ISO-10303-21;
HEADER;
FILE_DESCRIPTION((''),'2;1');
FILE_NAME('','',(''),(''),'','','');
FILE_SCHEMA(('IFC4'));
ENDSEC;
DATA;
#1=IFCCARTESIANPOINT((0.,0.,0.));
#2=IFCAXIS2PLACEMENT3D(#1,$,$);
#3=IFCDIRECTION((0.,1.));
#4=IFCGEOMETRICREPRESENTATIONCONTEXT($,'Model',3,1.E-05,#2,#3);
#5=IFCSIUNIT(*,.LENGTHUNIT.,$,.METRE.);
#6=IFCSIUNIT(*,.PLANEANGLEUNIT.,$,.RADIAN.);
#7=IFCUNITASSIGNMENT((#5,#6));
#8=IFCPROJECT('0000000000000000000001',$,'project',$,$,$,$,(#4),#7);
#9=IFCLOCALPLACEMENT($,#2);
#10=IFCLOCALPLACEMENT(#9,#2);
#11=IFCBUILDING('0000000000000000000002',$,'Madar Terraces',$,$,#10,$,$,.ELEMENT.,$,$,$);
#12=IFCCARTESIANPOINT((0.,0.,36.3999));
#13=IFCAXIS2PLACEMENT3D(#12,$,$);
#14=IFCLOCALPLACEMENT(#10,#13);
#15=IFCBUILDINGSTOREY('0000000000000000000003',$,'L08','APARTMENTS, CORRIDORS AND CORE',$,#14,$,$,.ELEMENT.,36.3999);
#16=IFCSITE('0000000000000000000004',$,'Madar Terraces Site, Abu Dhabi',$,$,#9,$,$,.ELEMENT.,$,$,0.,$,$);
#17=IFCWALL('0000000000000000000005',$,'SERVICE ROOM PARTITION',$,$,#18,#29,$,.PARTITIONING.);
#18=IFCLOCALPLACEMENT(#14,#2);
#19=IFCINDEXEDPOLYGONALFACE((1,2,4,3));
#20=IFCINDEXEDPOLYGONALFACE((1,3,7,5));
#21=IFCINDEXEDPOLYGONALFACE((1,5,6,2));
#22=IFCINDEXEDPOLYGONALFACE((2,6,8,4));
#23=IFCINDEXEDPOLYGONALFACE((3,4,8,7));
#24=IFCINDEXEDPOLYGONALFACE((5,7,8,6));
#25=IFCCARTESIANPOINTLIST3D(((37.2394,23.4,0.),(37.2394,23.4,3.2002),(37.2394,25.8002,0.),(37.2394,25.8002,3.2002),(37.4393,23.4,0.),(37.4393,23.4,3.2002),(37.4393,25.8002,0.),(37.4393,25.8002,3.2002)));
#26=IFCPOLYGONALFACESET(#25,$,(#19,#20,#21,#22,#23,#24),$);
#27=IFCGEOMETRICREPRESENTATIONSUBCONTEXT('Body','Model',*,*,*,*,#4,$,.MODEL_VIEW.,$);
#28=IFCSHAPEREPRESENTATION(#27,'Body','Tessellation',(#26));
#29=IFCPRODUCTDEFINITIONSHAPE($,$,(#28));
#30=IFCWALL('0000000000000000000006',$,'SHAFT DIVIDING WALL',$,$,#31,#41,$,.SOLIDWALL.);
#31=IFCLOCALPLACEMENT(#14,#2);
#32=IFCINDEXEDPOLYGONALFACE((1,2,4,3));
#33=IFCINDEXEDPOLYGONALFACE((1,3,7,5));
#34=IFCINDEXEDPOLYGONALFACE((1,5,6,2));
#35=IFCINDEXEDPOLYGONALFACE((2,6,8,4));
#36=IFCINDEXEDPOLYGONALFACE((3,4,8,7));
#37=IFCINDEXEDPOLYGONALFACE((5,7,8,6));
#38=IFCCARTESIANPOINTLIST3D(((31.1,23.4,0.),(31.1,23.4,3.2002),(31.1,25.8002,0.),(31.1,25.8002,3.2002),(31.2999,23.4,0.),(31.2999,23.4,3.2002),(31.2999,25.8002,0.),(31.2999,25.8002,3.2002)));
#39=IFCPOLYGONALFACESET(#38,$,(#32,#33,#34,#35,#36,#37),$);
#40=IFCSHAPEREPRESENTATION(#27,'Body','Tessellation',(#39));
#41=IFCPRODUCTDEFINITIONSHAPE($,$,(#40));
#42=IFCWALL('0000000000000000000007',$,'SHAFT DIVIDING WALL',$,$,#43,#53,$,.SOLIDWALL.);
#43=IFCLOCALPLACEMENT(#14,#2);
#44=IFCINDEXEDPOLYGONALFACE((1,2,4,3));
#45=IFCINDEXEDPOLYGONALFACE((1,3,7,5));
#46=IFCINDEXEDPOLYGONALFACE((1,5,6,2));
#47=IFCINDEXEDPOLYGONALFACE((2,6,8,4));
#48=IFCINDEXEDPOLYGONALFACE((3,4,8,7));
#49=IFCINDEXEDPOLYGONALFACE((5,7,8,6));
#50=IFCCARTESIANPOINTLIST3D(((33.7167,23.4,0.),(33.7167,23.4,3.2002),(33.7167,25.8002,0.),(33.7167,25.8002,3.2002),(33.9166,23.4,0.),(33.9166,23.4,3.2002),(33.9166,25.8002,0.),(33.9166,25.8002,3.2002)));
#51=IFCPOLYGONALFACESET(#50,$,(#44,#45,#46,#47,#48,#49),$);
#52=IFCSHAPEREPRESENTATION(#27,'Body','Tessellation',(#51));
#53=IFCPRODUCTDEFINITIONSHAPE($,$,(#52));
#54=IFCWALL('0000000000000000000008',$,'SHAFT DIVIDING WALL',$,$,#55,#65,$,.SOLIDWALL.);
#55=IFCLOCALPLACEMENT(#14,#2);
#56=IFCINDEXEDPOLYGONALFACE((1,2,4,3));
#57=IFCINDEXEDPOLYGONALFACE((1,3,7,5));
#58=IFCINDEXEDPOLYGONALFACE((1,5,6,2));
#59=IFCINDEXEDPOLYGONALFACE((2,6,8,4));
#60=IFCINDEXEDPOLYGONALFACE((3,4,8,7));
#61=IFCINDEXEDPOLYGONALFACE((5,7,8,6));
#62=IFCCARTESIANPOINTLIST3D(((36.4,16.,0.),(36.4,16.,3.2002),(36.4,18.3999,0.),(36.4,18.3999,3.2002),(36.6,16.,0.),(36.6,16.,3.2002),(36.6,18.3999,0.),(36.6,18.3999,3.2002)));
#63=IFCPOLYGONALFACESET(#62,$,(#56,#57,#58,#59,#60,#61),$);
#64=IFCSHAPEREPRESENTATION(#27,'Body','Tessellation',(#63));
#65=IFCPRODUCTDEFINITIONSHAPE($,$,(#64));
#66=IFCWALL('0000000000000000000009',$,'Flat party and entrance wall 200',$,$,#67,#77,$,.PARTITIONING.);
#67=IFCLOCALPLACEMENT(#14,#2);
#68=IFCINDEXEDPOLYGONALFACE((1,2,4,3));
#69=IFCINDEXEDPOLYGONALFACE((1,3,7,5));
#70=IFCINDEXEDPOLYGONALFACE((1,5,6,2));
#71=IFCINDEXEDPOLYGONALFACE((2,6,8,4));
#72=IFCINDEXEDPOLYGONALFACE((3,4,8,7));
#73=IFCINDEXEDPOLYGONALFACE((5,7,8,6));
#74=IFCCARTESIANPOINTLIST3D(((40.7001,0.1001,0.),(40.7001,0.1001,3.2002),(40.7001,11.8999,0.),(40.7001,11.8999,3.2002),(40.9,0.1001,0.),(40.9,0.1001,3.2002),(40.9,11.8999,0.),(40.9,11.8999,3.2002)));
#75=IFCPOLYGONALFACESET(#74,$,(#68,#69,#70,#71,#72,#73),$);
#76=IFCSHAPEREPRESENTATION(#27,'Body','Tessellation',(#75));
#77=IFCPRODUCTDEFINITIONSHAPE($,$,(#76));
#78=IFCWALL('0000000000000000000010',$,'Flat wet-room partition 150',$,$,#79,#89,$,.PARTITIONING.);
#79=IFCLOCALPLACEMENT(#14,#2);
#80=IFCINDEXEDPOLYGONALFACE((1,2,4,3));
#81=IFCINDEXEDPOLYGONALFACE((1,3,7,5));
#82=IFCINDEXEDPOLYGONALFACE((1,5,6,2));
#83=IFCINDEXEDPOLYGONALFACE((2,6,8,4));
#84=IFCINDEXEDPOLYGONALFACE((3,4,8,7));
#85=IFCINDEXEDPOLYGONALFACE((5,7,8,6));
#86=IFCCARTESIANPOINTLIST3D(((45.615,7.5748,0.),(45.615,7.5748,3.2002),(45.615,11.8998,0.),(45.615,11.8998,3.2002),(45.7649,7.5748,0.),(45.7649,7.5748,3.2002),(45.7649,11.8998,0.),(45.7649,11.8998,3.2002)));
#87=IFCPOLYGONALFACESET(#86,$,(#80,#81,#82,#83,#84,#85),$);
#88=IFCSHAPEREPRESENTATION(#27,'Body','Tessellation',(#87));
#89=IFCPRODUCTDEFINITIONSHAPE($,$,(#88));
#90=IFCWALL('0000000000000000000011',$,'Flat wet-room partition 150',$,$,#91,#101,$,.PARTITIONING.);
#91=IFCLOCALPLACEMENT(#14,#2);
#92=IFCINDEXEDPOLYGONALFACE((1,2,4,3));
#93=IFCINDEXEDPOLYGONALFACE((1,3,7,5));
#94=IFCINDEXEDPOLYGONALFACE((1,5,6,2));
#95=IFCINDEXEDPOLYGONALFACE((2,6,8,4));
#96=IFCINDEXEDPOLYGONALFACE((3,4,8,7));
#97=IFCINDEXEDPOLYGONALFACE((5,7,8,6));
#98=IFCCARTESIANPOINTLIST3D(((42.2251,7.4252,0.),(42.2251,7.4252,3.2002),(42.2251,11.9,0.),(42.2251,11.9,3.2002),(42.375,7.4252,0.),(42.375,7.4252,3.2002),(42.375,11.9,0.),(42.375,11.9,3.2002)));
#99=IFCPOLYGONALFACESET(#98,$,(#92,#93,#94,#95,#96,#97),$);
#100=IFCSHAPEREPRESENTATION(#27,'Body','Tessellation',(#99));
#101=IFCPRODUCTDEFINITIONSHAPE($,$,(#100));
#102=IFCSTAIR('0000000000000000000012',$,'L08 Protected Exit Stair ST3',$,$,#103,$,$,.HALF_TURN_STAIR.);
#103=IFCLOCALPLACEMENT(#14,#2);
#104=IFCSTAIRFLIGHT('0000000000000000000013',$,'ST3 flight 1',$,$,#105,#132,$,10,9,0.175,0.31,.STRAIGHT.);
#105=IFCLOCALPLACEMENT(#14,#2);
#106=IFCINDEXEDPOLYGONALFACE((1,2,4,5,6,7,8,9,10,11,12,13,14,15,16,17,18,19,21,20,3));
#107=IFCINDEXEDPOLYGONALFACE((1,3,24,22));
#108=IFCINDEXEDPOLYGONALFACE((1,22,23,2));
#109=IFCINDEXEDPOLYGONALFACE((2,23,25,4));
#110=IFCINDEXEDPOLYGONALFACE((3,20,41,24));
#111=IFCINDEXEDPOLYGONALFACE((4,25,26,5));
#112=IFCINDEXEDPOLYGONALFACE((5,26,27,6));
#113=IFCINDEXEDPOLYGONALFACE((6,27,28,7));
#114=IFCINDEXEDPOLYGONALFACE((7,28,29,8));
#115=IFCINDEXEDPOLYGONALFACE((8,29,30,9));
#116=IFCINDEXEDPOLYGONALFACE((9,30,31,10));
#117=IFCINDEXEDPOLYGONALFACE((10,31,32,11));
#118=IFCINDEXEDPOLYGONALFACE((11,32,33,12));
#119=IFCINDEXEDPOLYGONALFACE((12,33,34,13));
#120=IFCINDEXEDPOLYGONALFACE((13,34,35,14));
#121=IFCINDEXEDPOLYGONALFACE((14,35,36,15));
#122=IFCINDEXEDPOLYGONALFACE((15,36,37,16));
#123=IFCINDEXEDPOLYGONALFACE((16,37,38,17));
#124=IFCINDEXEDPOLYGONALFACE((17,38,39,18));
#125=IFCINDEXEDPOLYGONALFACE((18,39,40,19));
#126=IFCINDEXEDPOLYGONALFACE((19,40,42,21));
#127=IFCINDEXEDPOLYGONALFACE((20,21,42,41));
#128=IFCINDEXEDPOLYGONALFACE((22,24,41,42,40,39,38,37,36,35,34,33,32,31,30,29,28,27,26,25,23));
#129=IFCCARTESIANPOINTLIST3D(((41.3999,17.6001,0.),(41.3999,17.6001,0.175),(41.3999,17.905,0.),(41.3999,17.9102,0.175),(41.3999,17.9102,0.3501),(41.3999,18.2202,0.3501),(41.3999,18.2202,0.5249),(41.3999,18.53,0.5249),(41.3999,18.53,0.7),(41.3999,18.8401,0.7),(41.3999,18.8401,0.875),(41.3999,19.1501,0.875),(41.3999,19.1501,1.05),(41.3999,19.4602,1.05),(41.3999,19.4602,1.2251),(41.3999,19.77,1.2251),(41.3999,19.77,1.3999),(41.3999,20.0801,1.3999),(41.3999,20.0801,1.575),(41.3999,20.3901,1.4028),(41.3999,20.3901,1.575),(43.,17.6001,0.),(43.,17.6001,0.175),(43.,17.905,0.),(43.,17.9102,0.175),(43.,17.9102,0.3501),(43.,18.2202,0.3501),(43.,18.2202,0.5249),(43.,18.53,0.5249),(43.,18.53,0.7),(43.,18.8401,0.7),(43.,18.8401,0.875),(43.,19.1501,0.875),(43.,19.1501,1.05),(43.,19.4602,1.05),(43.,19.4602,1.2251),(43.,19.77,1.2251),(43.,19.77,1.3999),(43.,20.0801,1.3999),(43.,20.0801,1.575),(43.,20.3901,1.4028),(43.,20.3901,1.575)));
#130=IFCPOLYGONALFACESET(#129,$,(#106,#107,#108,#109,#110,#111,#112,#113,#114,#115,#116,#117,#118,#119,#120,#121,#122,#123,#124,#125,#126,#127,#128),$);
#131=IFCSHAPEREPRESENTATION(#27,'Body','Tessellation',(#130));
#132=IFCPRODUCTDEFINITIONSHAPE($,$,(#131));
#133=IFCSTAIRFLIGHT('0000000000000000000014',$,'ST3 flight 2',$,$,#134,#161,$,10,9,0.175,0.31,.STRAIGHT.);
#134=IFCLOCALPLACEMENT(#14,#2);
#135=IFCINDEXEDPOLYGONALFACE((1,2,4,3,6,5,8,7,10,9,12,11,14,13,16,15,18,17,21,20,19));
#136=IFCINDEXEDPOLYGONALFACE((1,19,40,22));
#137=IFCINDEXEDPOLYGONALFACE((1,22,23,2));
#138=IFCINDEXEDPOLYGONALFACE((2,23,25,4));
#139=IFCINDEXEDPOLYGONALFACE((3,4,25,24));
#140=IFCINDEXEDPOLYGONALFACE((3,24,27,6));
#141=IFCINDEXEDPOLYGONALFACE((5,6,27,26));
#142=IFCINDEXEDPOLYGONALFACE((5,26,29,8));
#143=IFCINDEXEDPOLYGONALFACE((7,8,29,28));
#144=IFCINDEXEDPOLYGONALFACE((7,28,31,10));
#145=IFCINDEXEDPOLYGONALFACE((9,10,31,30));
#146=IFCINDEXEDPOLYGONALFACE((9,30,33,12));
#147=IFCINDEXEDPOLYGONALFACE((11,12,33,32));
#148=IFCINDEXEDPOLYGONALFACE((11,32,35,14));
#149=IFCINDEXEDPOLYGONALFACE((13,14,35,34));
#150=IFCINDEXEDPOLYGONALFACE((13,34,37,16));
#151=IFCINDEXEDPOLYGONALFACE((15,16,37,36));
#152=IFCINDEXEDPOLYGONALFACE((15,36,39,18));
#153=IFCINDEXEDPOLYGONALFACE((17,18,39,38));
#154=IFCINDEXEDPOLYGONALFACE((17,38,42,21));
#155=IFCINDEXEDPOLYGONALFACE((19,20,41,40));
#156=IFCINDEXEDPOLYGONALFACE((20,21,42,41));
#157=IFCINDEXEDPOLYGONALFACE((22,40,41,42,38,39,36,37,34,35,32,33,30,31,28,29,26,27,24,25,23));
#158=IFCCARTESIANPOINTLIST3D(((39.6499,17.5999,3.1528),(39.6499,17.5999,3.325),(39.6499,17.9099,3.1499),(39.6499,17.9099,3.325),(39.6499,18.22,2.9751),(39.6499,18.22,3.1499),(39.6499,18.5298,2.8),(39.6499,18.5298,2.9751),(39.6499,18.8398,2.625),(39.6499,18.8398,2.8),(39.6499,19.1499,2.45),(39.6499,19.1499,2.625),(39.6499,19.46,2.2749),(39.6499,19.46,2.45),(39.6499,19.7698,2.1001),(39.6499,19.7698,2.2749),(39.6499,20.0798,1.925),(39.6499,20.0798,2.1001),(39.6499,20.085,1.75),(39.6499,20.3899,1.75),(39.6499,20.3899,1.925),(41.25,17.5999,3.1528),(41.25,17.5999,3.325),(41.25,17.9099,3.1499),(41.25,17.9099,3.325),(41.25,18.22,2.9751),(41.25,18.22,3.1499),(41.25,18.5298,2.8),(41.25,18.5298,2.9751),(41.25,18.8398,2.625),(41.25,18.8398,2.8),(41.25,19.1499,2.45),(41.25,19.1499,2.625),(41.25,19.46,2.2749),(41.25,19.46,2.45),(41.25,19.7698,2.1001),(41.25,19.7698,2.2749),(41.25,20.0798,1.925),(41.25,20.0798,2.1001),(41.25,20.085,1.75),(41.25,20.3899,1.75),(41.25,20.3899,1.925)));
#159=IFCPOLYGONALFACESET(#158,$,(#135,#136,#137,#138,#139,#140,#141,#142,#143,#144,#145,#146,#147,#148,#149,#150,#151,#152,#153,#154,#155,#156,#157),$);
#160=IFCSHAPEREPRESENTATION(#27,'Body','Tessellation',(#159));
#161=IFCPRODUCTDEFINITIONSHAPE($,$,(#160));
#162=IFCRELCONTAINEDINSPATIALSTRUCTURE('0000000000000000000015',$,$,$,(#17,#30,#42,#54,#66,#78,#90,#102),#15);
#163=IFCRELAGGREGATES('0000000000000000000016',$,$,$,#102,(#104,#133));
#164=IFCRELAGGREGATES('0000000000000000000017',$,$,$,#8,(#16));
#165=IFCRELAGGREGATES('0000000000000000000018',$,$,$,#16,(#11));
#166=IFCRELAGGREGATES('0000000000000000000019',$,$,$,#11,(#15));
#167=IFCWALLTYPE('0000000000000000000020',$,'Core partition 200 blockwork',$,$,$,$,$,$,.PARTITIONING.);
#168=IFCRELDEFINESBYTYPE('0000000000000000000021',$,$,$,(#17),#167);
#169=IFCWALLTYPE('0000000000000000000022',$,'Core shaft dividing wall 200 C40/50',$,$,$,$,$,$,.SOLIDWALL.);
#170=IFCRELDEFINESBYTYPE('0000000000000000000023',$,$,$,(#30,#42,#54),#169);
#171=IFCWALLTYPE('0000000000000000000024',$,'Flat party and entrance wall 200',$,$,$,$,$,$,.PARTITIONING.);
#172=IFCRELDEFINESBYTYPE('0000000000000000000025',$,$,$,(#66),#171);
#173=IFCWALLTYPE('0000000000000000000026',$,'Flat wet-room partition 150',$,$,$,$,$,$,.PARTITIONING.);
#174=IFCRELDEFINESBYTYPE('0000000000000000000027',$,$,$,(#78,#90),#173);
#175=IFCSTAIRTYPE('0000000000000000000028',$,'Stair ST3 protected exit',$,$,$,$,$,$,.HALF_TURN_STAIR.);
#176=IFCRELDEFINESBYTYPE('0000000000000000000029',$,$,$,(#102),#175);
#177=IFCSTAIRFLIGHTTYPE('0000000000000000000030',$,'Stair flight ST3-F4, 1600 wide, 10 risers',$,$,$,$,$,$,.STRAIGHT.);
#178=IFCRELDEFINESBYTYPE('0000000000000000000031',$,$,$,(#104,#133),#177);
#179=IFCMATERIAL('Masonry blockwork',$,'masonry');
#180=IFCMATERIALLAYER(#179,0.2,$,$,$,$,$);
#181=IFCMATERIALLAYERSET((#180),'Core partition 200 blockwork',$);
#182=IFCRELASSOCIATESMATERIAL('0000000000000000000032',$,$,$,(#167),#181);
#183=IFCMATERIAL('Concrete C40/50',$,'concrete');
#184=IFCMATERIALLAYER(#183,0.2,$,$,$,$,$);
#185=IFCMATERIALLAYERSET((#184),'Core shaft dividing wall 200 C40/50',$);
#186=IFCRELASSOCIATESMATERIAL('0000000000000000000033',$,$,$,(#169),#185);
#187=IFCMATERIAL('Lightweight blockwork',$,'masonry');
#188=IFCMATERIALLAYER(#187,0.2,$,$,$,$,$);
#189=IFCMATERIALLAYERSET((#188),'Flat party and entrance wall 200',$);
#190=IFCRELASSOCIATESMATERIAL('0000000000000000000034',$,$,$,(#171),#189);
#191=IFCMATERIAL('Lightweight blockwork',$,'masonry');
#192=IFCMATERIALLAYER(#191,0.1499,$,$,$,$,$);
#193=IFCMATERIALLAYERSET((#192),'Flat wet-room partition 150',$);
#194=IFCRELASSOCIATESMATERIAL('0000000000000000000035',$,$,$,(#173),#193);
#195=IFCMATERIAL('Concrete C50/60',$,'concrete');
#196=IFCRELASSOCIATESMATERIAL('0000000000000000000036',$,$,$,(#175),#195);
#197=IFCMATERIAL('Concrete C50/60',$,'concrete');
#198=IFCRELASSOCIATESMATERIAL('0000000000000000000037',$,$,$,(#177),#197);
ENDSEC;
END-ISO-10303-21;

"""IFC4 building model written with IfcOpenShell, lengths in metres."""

from ifc_helpers import new_model, si_unit, direction, frame, frame_2d, origin, place, context, subcontext, project, spatial, polyline, rectangle, outline, extrude, material, layer, layer_set, type_object, element, aggregate, save


model = new_model("IFC4")

# Units and contexts
model_context = context("Model", 3, precision=1e-05, world=origin(), true_north=direction((0.0, 1.0)))
body_context = subcontext(model_context, "Body", "Model", "MODEL_VIEW")
ifc_project = project(units=[si_unit("LENGTHUNIT", "METRE"), si_unit("PLANEANGLEUNIT", "RADIAN")], contexts=[model_context])

# Site, building, storey
site_placement = place(None, origin())
site = spatial("IfcSite", under=ifc_project, at=site_placement, Name="Madar Terraces Site, Abu Dhabi", CompositionType="ELEMENT", RefElevation=0.0)
building_placement = place(site_placement, origin())
building = spatial("IfcBuilding", under=site, at=building_placement, Name="Madar Terraces", CompositionType="ELEMENT")
storey_placement = place(building_placement, frame((0.0, 0.0, 36.3999)))
storey = spatial("IfcBuildingStorey", under=building, at=storey_placement, Name="L08", Description="APARTMENTS, CORRIDORS AND CORE", CompositionType="ELEMENT", Elevation=36.3999)

# Walls
ifc_material_1 = material(Name="Masonry blockwork", Category="masonry")
ifc_layer_1 = layer(ifc_material_1, 0.2)
ifc_layer_set_1 = layer_set([ifc_layer_1], Name="Core partition 200 blockwork")
wall_type_1 = type_object("IfcWallType", Name="Core partition 200 blockwork", PredefinedType="PARTITIONING", material=ifc_layer_set_1)
wall_1_placement = place(storey_placement, frame((37.3394, 23.3999, 0.0), z_axis=(0.0, 0.0, 1.0), x_axis=(0.0, 1.0, 0.0)))
element("IfcWall", 1, at=wall_1_placement, inside=storey, type_object=wall_type_1, Name="SERVICE ROOM PARTITION", PredefinedType="PARTITIONING", context=body_context, shape_type="SweptSolid", body=[
    extrude(rectangle(XDim=2.4001, YDim=0.2, at=frame_2d((1.2002, 0.0))), origin(), (0.0, 0.0, 1.0), 3.2002),
])
ifc_material_2 = material(Name="Concrete C40/50", Category="concrete")
ifc_layer_2 = layer(ifc_material_2, 0.2)
ifc_layer_set_2 = layer_set([ifc_layer_2], Name="Core shaft dividing wall 200 C40/50")
wall_type_2 = type_object("IfcWallType", Name="Core shaft dividing wall 200 C40/50", PredefinedType="SOLIDWALL", material=ifc_layer_set_2)
for number, where, z_axis, x_axis, name in (
    (2, (31.2, 23.3999, 0.0), (0.0, 0.0, 1.0), (0.0, 1.0, 0.0), "SHAFT DIVIDING WALL"),
    (3, (33.8167, 23.3999, 0.0), (0.0, 0.0, 1.0), (0.0, 1.0, 0.0), "SHAFT DIVIDING WALL"),
):
    element("IfcWall", number, at=place(storey_placement, frame(where, z_axis=z_axis, x_axis=x_axis)), inside=storey, type_object=wall_type_2, Name=name, PredefinedType="SOLIDWALL", context=body_context, shape_type="SweptSolid", body=[
        extrude(rectangle(XDim=2.4001, YDim=0.2, at=frame_2d((1.2002, 0.0))), origin(), (0.0, 0.0, 1.0), 3.2002),
    ])
wall_2_placement = place(storey_placement, frame((36.5, 16.0, 0.0), z_axis=(0.0, 0.0, 1.0), x_axis=(0.0, 1.0, 0.0)))
element("IfcWall", 4, at=wall_2_placement, inside=storey, type_object=wall_type_2, Name="SHAFT DIVIDING WALL", PredefinedType="SOLIDWALL", context=body_context, shape_type="SweptSolid", body=[
    extrude(rectangle(XDim=2.3999, YDim=0.2, at=frame_2d((1.2, 0.0))), origin(), (0.0, 0.0, 1.0), 3.2002),
])
ifc_material_3 = material(Name="Lightweight blockwork", Category="masonry")
ifc_layer_3 = layer(ifc_material_3, 0.2)
ifc_layer_set_3 = layer_set([ifc_layer_3], Name="Flat party and entrance wall 200")
wall_type_3 = type_object("IfcWallType", Name="Flat party and entrance wall 200", PredefinedType="PARTITIONING", material=ifc_layer_set_3)
wall_3_placement = place(storey_placement, frame((40.8, 11.8999, 0.0), z_axis=(0.0, 0.0, 1.0), x_axis=(0.0, -1.0, 0.0)))
element("IfcWall", 5, at=wall_3_placement, inside=storey, type_object=wall_type_3, Name="Flat party and entrance wall 200", PredefinedType="PARTITIONING", context=body_context, shape_type="SweptSolid", body=[
    extrude(rectangle(XDim=11.7998, YDim=0.2, at=frame_2d((5.8999, 0.0))), origin(), (0.0, 0.0, 1.0), 3.2002),
])
ifc_material_4 = material(Name="Lightweight blockwork", Category="masonry")
ifc_layer_4 = layer(ifc_material_4, 0.1499)
ifc_layer_set_4 = layer_set([ifc_layer_4], Name="Flat wet-room partition 150")
wall_type_4 = type_object("IfcWallType", Name="Flat wet-room partition 150", PredefinedType="PARTITIONING", material=ifc_layer_set_4)
wall_4_placement = place(storey_placement, frame((45.6899, 11.8999, 0.0), z_axis=(0.0, 0.0, 1.0), x_axis=(0.0, -1.0, 0.0)))
element("IfcWall", 6, at=wall_4_placement, inside=storey, type_object=wall_type_4, Name="Flat wet-room partition 150", PredefinedType="PARTITIONING", context=body_context, shape_type="SweptSolid", body=[
    extrude(rectangle(XDim=4.325, YDim=0.1499, at=frame_2d((2.1626, 0.0))), origin(), (0.0, 0.0, 1.0), 3.2002),
])
wall_5_placement = place(storey_placement, frame((42.3, 11.8999, 0.0), z_axis=(0.0, 0.0, 1.0), x_axis=(0.0, -1.0, 0.0)))
element("IfcWall", 7, at=wall_5_placement, inside=storey, type_object=wall_type_4, Name="Flat wet-room partition 150", PredefinedType="PARTITIONING", context=body_context, shape_type="SweptSolid", body=[
    extrude(rectangle(XDim=4.4749, YDim=0.1499, at=frame_2d((2.2373, 0.0))), origin(), (0.0, 0.0, 1.0), 3.2002),
])

# Stair, stair flights
ifc_material_5 = material(Name="Concrete C50/60", Category="concrete")
stair_type = type_object("IfcStairType", Name="Stair ST3 protected exit", PredefinedType="HALF_TURN_STAIR", material=ifc_material_5)
stair_placement = place(storey_placement, origin())
stair = element("IfcStair", 8, at=stair_placement, inside=storey, type_object=stair_type, Name="L08 Protected Exit Stair ST3", PredefinedType="HALF_TURN_STAIR")
ifc_material_6 = material(Name="Concrete C50/60", Category="concrete")
stair_flight_type = type_object("IfcStairFlightType", Name="Stair flight ST3-F4, 1600 wide, 10 risers", PredefinedType="STRAIGHT", material=ifc_material_6)
stair_flight_1_placement = place(storey_placement, frame((42.2, 17.6001, 0.0), z_axis=(0.0, 0.0, 1.0), x_axis=(0.0, 1.0, 0.0)))
stair_flight_1 = element("IfcStairFlight", 9, at=stair_flight_1_placement, type_object=stair_flight_type, Name="ST3 flight 1", NumberOfRisers=10, NumberOfTreads=9, PredefinedType="STRAIGHT", RiserHeight=0.175, TreadLength=0.31, context=body_context, shape_type="SweptSolid", body=[
    extrude(outline(polyline([(0.0, 0.0), (0.0, 0.175), (0.3101, 0.175), (0.3101, 0.3501), (0.6201, 0.3501), (0.6201, 0.5249), (0.9299, 0.5249), (0.9299, 0.7), (1.24, 0.7), (1.24, 0.875), (1.55, 0.875), (1.55, 1.05), (1.8601, 1.05), (1.8601, 1.2251), (2.1699, 1.2251), (2.1699, 1.3999), (2.48, 1.3999), (2.48, 1.575), (2.79, 1.575), (2.79, 1.75), (2.79, 1.4028), (0.3049, 0.0), (0.0, 0.0)])), frame((0.0, 0.8, 0.0), z_axis=(0.0, -1.0, 0.0), x_axis=(1.0, 0.0, 0.0)), (0.0, 0.0, 1.0), 1.6001),
])
stair_flight_2_placement = place(storey_placement, frame((40.45, 20.3899, 1.75), z_axis=(0.0, 0.0, 1.0), x_axis=(0.0, -1.0, 0.0)))
stair_flight_2 = element("IfcStairFlight", 10, at=stair_flight_2_placement, type_object=stair_flight_type, Name="ST3 flight 2", NumberOfRisers=10, NumberOfTreads=9, PredefinedType="STRAIGHT", RiserHeight=0.175, TreadLength=0.31, context=body_context, shape_type="SweptSolid", body=[
    extrude(outline(polyline([(0.0, 0.0), (0.0, 0.175), (0.3101, 0.175), (0.3101, 0.3501), (0.6201, 0.3501), (0.6201, 0.5249), (0.9299, 0.5249), (0.9299, 0.7), (1.24, 0.7), (1.24, 0.875), (1.55, 0.875), (1.55, 1.05), (1.8601, 1.05), (1.8601, 1.2251), (2.1699, 1.2251), (2.1699, 1.3999), (2.48, 1.3999), (2.48, 1.575), (2.79, 1.575), (2.79, 1.75), (2.79, 1.4028), (0.3049, 0.0), (0.0, 0.0)])), frame((0.0, 0.8, 0.0), z_axis=(0.0, -1.0, 0.0), x_axis=(1.0, 0.0, 0.0)), (0.0, 0.0, 1.0), 1.6001),
])
aggregate(stair, [stair_flight_1, stair_flight_2])

save(model, "model.ifc")
